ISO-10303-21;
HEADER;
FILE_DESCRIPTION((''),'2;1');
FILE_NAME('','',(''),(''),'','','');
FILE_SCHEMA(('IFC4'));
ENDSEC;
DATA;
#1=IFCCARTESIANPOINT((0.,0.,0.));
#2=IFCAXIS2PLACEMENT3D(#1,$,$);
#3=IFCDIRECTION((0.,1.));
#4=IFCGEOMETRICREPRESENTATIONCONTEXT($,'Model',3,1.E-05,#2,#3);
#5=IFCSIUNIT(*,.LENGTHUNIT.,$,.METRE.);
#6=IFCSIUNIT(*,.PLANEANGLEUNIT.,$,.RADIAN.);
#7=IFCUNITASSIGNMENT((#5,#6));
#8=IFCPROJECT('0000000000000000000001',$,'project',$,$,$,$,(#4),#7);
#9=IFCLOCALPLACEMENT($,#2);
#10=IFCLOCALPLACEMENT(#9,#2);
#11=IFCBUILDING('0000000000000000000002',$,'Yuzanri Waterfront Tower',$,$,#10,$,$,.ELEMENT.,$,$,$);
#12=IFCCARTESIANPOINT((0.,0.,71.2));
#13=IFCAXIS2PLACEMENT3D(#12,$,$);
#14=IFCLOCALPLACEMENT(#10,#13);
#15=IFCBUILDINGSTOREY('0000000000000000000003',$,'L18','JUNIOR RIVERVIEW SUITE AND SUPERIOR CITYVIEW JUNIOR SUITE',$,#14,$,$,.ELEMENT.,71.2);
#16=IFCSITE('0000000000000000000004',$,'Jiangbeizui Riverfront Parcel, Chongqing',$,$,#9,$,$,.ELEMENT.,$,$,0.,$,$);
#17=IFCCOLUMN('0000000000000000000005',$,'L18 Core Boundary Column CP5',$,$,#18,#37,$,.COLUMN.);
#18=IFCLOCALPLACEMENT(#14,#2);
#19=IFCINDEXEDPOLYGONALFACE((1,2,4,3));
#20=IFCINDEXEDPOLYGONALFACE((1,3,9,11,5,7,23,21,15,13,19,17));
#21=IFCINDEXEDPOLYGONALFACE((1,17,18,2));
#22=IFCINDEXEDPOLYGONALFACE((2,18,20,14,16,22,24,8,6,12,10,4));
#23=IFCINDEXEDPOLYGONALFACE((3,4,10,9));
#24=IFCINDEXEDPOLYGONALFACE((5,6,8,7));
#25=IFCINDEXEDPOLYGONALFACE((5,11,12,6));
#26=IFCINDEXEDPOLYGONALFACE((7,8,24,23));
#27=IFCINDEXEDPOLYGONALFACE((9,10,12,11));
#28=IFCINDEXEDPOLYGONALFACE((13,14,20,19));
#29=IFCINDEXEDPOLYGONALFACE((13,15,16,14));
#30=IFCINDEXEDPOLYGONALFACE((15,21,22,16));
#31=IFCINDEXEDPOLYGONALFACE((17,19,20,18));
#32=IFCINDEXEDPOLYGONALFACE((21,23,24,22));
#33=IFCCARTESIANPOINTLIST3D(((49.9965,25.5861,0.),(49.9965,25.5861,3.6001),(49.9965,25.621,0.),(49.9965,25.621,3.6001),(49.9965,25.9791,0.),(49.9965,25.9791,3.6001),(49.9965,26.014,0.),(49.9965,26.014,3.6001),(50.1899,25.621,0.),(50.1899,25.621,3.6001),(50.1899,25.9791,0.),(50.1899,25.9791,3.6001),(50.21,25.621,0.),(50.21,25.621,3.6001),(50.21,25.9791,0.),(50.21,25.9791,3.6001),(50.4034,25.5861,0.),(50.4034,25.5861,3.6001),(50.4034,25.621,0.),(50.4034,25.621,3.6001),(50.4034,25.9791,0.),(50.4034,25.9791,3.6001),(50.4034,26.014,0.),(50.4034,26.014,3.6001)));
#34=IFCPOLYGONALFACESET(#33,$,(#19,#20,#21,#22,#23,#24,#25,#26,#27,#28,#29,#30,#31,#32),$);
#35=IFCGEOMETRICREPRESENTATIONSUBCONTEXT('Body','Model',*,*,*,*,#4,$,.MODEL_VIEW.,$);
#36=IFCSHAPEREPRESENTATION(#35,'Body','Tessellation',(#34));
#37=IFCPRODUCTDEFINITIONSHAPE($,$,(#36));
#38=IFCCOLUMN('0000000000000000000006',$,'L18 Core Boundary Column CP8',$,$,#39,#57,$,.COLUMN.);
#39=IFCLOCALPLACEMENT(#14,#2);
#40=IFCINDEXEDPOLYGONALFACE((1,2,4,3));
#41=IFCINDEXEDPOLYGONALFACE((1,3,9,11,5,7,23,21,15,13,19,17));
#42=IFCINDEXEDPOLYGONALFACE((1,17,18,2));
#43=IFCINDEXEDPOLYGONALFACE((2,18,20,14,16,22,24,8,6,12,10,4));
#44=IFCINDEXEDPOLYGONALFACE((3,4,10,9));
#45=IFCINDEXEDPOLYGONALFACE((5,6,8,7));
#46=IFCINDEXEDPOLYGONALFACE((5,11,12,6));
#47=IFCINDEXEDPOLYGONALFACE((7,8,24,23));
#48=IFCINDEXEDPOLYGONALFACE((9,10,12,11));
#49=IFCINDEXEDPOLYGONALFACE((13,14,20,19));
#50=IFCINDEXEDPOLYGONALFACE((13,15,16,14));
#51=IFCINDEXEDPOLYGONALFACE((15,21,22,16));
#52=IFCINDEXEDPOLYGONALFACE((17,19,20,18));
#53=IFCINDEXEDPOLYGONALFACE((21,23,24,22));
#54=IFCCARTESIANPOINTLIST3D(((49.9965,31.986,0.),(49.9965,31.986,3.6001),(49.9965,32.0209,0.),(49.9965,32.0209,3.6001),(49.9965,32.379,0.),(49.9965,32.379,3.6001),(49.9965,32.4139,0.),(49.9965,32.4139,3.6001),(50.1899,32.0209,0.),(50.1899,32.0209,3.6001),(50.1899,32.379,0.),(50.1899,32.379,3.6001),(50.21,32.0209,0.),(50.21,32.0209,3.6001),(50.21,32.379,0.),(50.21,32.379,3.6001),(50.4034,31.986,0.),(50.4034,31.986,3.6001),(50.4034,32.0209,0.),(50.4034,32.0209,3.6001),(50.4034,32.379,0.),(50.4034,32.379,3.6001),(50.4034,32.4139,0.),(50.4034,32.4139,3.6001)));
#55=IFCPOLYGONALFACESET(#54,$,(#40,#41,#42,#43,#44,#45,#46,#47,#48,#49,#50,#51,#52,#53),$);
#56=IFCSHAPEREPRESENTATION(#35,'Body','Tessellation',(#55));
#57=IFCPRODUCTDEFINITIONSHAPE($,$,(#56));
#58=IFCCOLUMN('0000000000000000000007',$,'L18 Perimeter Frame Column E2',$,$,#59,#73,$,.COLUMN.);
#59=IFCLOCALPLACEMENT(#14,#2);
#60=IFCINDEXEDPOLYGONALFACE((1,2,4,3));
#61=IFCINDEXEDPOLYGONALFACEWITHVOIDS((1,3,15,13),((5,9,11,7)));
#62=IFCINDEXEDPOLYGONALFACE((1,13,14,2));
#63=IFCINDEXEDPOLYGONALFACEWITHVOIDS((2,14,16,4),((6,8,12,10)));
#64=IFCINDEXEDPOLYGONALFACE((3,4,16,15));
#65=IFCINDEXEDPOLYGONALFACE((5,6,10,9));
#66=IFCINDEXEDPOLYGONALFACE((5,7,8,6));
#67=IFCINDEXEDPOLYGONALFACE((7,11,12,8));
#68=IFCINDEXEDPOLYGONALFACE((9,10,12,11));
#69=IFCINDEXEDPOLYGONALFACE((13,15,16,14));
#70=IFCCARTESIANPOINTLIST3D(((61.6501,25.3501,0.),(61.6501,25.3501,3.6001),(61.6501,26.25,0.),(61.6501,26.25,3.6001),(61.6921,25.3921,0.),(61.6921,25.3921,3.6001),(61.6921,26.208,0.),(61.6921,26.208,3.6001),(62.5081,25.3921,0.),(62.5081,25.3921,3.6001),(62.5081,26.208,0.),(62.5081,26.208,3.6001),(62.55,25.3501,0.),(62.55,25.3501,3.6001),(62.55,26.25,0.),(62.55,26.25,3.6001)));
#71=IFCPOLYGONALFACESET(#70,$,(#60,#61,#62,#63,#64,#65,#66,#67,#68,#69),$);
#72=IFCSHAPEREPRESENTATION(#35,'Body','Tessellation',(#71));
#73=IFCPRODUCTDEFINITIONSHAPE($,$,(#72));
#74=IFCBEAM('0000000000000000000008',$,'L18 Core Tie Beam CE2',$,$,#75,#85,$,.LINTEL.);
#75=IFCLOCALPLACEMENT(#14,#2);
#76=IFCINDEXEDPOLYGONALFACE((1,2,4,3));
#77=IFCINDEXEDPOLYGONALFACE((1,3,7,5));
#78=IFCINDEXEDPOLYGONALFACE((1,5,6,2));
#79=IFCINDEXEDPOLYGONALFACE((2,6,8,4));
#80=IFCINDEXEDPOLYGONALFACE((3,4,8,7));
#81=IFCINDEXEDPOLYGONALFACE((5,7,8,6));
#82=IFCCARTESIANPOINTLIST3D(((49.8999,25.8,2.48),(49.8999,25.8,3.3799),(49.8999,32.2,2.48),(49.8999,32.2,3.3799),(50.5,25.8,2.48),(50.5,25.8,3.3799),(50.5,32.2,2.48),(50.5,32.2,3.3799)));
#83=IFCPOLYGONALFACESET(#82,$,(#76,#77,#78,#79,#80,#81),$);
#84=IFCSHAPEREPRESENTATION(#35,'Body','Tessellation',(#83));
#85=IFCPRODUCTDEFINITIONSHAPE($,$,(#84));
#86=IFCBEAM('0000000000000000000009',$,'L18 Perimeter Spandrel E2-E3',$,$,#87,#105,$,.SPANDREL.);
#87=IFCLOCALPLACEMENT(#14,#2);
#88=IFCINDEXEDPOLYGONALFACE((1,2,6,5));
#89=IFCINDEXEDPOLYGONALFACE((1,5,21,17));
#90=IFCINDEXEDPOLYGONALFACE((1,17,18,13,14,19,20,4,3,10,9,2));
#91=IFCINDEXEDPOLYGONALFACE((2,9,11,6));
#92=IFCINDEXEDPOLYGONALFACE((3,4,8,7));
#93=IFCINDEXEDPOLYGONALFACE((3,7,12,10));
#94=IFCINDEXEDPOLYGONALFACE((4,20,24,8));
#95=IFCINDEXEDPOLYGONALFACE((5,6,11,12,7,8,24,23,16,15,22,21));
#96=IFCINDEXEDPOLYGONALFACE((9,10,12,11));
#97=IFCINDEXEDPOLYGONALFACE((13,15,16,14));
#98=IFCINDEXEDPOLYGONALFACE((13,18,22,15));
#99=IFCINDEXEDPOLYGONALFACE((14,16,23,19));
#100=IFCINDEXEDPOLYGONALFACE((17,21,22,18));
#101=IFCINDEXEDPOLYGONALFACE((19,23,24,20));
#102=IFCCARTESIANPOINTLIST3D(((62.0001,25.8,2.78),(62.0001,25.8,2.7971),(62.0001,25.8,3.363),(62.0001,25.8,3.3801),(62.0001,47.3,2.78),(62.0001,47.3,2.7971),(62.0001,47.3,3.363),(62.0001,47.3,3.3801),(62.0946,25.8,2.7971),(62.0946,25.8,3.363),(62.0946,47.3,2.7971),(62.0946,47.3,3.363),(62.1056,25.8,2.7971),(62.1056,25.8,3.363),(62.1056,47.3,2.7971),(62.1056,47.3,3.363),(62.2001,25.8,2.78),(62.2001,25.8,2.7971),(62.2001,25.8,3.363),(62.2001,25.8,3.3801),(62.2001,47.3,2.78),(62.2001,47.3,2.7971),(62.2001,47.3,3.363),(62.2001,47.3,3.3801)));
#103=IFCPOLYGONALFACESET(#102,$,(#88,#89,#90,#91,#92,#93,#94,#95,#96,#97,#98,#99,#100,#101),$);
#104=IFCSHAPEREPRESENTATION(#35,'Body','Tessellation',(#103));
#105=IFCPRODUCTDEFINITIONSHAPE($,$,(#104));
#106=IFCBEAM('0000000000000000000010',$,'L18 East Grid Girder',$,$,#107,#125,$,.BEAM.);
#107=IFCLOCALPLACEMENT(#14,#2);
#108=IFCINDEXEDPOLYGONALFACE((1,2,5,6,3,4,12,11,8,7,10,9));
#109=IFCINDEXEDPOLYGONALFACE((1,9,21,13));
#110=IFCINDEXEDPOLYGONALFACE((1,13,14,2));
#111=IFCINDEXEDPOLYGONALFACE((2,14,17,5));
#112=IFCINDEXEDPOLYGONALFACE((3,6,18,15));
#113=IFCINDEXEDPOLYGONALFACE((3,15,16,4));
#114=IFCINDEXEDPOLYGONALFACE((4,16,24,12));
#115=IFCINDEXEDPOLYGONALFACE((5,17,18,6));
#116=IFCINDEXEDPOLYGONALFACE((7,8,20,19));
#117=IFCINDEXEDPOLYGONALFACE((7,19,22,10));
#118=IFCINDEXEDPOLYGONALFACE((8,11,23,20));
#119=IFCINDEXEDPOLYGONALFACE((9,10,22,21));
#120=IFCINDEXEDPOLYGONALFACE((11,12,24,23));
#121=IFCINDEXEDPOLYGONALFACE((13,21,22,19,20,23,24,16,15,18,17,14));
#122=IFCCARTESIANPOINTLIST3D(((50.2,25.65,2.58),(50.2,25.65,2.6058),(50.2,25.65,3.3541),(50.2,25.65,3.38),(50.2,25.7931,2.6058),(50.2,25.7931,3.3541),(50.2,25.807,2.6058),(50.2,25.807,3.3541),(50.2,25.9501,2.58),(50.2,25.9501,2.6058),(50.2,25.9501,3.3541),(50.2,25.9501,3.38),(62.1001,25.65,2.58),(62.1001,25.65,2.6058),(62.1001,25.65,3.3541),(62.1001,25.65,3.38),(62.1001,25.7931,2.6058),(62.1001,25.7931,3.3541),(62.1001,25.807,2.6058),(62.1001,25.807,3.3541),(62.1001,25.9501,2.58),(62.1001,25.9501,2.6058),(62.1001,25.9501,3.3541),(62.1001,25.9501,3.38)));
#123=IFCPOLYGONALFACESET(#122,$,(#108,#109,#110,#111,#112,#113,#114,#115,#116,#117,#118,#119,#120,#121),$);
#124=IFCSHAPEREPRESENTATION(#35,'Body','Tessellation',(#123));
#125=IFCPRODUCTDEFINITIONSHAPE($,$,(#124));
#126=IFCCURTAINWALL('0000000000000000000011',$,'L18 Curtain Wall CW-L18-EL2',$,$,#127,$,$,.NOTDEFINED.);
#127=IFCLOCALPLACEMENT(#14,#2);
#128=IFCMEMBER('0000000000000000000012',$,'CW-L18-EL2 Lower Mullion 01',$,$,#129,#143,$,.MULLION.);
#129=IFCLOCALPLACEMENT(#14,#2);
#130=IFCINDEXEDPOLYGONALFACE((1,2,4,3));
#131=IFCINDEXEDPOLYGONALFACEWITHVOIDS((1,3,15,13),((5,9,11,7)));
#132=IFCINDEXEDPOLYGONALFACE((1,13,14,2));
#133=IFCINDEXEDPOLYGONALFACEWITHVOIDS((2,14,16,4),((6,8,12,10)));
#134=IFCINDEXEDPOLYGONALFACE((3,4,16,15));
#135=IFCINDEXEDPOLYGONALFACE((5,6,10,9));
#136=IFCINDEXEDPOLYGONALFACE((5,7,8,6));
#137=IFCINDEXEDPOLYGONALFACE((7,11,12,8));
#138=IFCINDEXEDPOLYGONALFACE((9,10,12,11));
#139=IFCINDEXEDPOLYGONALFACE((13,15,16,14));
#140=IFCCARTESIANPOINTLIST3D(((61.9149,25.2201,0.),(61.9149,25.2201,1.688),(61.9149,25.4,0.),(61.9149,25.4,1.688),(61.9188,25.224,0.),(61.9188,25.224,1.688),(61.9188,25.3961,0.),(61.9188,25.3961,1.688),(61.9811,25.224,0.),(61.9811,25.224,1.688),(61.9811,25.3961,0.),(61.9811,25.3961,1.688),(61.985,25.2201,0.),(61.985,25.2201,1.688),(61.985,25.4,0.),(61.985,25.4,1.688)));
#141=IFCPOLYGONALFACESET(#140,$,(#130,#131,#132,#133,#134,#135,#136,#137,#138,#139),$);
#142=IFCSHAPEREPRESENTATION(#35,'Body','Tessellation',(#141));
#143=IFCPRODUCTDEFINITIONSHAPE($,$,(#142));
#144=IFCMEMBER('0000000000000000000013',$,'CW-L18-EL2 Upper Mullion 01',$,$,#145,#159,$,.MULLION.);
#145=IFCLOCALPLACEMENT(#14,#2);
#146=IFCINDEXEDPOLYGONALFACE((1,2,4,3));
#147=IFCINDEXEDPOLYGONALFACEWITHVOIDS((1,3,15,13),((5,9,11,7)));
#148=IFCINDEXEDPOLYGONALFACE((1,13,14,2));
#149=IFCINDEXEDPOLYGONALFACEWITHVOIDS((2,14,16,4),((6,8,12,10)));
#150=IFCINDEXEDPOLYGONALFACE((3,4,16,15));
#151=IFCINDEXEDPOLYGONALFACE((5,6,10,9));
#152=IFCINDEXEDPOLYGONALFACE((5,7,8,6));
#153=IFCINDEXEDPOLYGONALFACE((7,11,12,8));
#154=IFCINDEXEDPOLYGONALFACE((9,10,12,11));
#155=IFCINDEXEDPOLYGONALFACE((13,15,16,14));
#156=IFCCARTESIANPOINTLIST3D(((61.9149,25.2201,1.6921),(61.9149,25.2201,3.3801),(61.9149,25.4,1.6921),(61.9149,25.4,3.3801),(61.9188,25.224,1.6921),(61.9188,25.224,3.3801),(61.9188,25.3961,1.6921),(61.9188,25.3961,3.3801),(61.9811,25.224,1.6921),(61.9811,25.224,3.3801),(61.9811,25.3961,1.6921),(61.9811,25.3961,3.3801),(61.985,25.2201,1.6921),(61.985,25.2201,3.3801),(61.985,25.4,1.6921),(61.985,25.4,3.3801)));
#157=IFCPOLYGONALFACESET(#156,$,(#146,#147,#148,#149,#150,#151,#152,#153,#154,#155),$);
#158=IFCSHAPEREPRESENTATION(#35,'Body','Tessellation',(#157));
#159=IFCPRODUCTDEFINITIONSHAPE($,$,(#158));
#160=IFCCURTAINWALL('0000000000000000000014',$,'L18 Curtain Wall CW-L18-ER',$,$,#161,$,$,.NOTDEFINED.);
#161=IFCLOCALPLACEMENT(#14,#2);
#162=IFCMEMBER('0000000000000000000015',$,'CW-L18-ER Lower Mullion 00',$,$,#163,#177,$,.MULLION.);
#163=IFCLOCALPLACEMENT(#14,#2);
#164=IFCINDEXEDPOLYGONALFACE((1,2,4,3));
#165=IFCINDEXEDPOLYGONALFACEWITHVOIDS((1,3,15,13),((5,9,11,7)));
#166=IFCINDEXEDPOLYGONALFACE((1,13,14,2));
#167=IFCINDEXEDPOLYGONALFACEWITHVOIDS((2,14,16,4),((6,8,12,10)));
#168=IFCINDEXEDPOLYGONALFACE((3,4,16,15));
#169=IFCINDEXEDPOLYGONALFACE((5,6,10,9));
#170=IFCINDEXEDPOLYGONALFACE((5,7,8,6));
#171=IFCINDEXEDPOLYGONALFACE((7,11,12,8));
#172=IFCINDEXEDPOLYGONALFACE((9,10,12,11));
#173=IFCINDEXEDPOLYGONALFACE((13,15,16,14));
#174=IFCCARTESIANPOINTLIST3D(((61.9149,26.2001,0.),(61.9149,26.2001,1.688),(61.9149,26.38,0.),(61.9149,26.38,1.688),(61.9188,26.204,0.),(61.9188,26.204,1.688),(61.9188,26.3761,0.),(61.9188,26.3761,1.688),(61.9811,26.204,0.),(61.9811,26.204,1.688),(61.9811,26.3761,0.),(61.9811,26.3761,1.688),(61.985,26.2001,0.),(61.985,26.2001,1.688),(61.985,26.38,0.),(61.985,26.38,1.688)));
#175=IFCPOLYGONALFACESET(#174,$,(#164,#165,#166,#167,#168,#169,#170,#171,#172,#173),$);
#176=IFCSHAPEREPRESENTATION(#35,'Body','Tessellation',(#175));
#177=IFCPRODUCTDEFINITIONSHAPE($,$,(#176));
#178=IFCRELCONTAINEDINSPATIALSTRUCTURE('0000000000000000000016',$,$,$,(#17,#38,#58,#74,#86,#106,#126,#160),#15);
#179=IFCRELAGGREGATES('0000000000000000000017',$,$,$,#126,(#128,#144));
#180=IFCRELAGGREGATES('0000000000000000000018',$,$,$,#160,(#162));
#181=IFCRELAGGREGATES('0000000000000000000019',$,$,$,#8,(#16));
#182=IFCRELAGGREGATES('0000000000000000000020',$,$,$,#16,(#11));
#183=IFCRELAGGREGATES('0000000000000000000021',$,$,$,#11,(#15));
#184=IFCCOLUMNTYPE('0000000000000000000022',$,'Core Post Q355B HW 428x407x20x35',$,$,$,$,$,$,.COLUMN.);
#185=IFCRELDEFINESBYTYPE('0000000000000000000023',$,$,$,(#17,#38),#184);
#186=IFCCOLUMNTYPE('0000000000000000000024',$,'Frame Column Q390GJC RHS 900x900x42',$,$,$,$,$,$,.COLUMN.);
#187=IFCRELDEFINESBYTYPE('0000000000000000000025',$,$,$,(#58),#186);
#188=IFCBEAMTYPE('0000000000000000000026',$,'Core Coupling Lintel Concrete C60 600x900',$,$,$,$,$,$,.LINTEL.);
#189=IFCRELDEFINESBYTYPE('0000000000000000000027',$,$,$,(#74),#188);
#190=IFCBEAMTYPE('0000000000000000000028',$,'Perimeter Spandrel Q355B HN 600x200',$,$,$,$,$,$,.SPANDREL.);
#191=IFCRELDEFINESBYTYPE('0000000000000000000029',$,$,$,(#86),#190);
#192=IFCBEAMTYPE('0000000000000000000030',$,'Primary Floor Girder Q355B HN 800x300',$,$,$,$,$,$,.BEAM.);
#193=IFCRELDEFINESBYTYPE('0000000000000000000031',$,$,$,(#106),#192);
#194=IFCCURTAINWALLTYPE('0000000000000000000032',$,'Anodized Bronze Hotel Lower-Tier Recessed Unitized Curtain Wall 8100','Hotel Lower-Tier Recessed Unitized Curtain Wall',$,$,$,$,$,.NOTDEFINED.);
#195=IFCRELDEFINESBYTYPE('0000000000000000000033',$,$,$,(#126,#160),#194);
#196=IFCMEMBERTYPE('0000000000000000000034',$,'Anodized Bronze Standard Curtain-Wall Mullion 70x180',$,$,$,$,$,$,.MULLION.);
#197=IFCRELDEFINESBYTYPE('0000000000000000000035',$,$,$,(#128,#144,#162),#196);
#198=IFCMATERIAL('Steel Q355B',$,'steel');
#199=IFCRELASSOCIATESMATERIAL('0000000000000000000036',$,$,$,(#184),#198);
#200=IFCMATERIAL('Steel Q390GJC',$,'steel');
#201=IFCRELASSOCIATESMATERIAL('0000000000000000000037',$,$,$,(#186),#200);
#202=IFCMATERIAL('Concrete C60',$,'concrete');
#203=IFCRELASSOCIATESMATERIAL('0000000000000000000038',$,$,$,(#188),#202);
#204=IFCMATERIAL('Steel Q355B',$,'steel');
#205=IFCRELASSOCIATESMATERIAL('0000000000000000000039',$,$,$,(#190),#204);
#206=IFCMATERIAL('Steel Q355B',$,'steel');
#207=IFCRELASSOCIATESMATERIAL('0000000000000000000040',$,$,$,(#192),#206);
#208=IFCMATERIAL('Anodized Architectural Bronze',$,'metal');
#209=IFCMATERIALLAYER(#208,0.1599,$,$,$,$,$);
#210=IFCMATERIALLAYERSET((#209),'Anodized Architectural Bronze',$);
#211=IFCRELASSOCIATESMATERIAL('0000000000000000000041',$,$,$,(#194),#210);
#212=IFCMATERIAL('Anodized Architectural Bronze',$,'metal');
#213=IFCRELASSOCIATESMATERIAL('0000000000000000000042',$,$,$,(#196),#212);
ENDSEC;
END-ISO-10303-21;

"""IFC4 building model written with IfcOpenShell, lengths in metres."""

from ifc_helpers import new_model, si_unit, direction, frame, origin, origin_2d, place, context, subcontext, project, spatial, rectangle, hollow_rectangle, i_section, extrude, source, transform, mapped, material, layer, layer_set, material_profile, profile_set, type_object, element, aggregate, save


model = new_model("IFC4")

# Units and contexts
model_context = context("Model", 3, precision=1e-05, world=origin(), true_north=direction((0.0, 1.0)))
body_context = subcontext(model_context, "Body", "Model", "MODEL_VIEW")
ifc_project = project(units=[si_unit("LENGTHUNIT", "METRE"), si_unit("PLANEANGLEUNIT", "RADIAN")], contexts=[model_context])

# Site, building, storey
site_placement = place(None, origin())
site = spatial("IfcSite", under=ifc_project, at=site_placement, Name="Jiangbeizui Riverfront Parcel, Chongqing", CompositionType="ELEMENT", RefElevation=0.0)
building_placement = place(site_placement, origin())
building = spatial("IfcBuilding", under=site, at=building_placement, Name="Yuzanri Waterfront Tower", CompositionType="ELEMENT")
storey_placement = place(building_placement, frame((0.0, 0.0, 71.2)))
storey = spatial("IfcBuildingStorey", under=building, at=storey_placement, Name="L18", Description="JUNIOR RIVERVIEW SUITE AND SUPERIOR CITYVIEW JUNIOR SUITE", CompositionType="ELEMENT", Elevation=71.2)

# Columns
ifc_material_1 = material(Name="Steel Q355B", Category="steel")
ifc_material_profile_1 = material_profile(ifc_material_1, i_section(OverallWidth=0.407, OverallDepth=0.428, WebThickness=0.02, FlangeThickness=0.0349, at=origin_2d()), Name="HW 428x407x20x35")
ifc_profile_set_1 = profile_set([ifc_material_profile_1], Name="Steel Q355B")
column_type_1 = type_object("IfcColumnType", Name="Core Post Q355B HW 428x407x20x35", PredefinedType="COLUMN", material=ifc_profile_set_1)
shared_shape_1 = source(origin(), body_context, "Body", "SweptSolid", [
    extrude(i_section(OverallWidth=0.407, OverallDepth=0.428, WebThickness=0.02, FlangeThickness=0.0349, at=origin_2d()), origin(), (0.0, 0.0, 1.0), 3.6001),
])
for number, where, z_axis, x_axis, name in (
    (1, (50.2, 25.8, 0.0), (0.0, 0.0, 1.0), (1.0, 0.0, 0.0), "L18 Core Boundary Column CP5"),
    (2, (50.2, 32.2, 0.0), (0.0, 0.0, 1.0), (1.0, 0.0, 0.0), "L18 Core Boundary Column CP8"),
):
    element("IfcColumn", number, at=place(storey_placement, frame(where, z_axis=z_axis, x_axis=x_axis)), inside=storey, type_object=column_type_1, Name=name, PredefinedType="COLUMN", context=body_context, shape_type="MappedRepresentation", body=[
        mapped(shared_shape_1, transform((0.0, 0.0, 0.0), scale=1.0)),
    ])
ifc_material_2 = material(Name="Steel Q390GJC", Category="steel")
ifc_material_profile_2 = material_profile(ifc_material_2, hollow_rectangle(XDim=0.8999, YDim=0.8999, WallThickness=0.042, at=origin_2d()), Name="RHS 900x900x42")
ifc_profile_set_2 = profile_set([ifc_material_profile_2], Name="Steel Q390GJC")
column_type_2 = type_object("IfcColumnType", Name="Frame Column Q390GJC RHS 900x900x42", PredefinedType="COLUMN", material=ifc_profile_set_2)
shared_shape_2 = source(origin(), body_context, "Body", "SweptSolid", [
    extrude(hollow_rectangle(XDim=0.8999, YDim=0.8999, WallThickness=0.042, at=origin_2d()), origin(), (0.0, 0.0, 1.0), 3.6001),
])
column_placement = place(storey_placement, frame((62.1001, 25.8, 0.0), z_axis=(0.0, 0.0, 1.0), x_axis=(1.0, 0.0, 0.0)))
element("IfcColumn", 3, at=column_placement, inside=storey, type_object=column_type_2, Name="L18 Perimeter Frame Column E2", PredefinedType="COLUMN", context=body_context, shape_type="MappedRepresentation", body=[
    mapped(shared_shape_2, transform((0.0, 0.0, 0.0), scale=1.0)),
])

# Beams
ifc_material_3 = material(Name="Concrete C60", Category="concrete")
ifc_material_profile_3 = material_profile(ifc_material_3, rectangle(XDim=0.6001, YDim=0.8999, at=origin_2d()), Name="RC 600x900")
ifc_profile_set_3 = profile_set([ifc_material_profile_3], Name="Concrete C60")
beam_type_1 = type_object("IfcBeamType", Name="Core Coupling Lintel Concrete C60 600x900", PredefinedType="LINTEL", material=ifc_profile_set_3)
shared_shape_3 = source(origin(), body_context, "Body", "SweptSolid", [
    extrude(rectangle(XDim=0.6001, YDim=0.8999, at=origin_2d()), origin(), (0.0, 0.0, 1.0), 6.3999),
])
beam_1_placement = place(storey_placement, frame((50.2, 25.8, 2.9299), z_axis=(0.0, 1.0, 0.0), x_axis=(-1.0, 0.0, 0.0)))
element("IfcBeam", 4, at=beam_1_placement, inside=storey, type_object=beam_type_1, Name="L18 Core Tie Beam CE2", PredefinedType="LINTEL", context=body_context, shape_type="MappedRepresentation", body=[
    mapped(shared_shape_3, transform((0.0, 0.0, 0.0), scale=1.0)),
])
ifc_material_4 = material(Name="Steel Q355B", Category="steel")
ifc_material_profile_4 = material_profile(ifc_material_4, i_section(OverallWidth=0.2, OverallDepth=0.6001, WebThickness=0.011, FlangeThickness=0.0171, at=origin_2d()), Name="HN 600x200x11x17")
ifc_profile_set_4 = profile_set([ifc_material_profile_4], Name="Steel Q355B")
beam_type_2 = type_object("IfcBeamType", Name="Perimeter Spandrel Q355B HN 600x200", PredefinedType="SPANDREL", material=ifc_profile_set_4)
shared_shape_4 = source(origin(), body_context, "Body", "SweptSolid", [
    extrude(i_section(OverallWidth=0.2, OverallDepth=0.6001, WebThickness=0.011, FlangeThickness=0.0171, at=origin_2d()), origin(), (0.0, 0.0, 1.0), 21.5),
])
beam_2_placement = place(storey_placement, frame((62.1001, 25.8, 3.0801), z_axis=(0.0, 1.0, 0.0), x_axis=(-1.0, 0.0, 0.0)))
element("IfcBeam", 5, at=beam_2_placement, inside=storey, type_object=beam_type_2, Name="L18 Perimeter Spandrel E2-E3", PredefinedType="SPANDREL", context=body_context, shape_type="MappedRepresentation", body=[
    mapped(shared_shape_4, transform((0.0, 0.0, 0.0), scale=1.0)),
])
ifc_material_5 = material(Name="Steel Q355B", Category="steel")
ifc_material_profile_5 = material_profile(ifc_material_5, i_section(OverallWidth=0.3, OverallDepth=0.8, WebThickness=0.0139, FlangeThickness=0.0259, at=origin_2d()), Name="HN 800x300x14x26")
ifc_profile_set_5 = profile_set([ifc_material_profile_5], Name="Steel Q355B")
beam_type_3 = type_object("IfcBeamType", Name="Primary Floor Girder Q355B HN 800x300", PredefinedType="BEAM", material=ifc_profile_set_5)
shared_shape_5 = source(origin(), body_context, "Body", "SweptSolid", [
    extrude(i_section(OverallWidth=0.3, OverallDepth=0.8, WebThickness=0.0139, FlangeThickness=0.0259, at=origin_2d()), origin(), (0.0, 0.0, 1.0), 11.9001),
])
beam_3_placement = place(storey_placement, frame((50.2, 25.8, 2.98), z_axis=(1.0, 0.0, 0.0), x_axis=(0.0, 1.0, 0.0)))
element("IfcBeam", 6, at=beam_3_placement, inside=storey, type_object=beam_type_3, Name="L18 East Grid Girder", PredefinedType="BEAM", context=body_context, shape_type="MappedRepresentation", body=[
    mapped(shared_shape_5, transform((0.0, 0.0, 0.0), scale=1.0)),
])

# Curtain walls, members
ifc_material_6 = material(Name="Anodized Architectural Bronze", Category="metal")
ifc_layer_1 = layer(ifc_material_6, 0.1599)
ifc_layer_set_1 = layer_set([ifc_layer_1], Name="Anodized Architectural Bronze")
curtain_wall_type = type_object("IfcCurtainWallType", Name="Anodized Bronze Hotel Lower-Tier Recessed Unitized Curtain Wall 8100", Description="Hotel Lower-Tier Recessed Unitized Curtain Wall", PredefinedType="NOTDEFINED", material=ifc_layer_set_1)
curtain_wall_1_placement = place(storey_placement, origin())
curtain_wall_1 = element("IfcCurtainWall", 7, at=curtain_wall_1_placement, inside=storey, type_object=curtain_wall_type, Name="L18 Curtain Wall CW-L18-EL2", PredefinedType="NOTDEFINED")
ifc_material_7 = material(Name="Anodized Architectural Bronze", Category="metal")
ifc_material_profile_6 = material_profile(ifc_material_7, hollow_rectangle(XDim=0.0701, YDim=0.1799, WallThickness=0.0039, at=origin_2d()), Name="CWM 70x180")
ifc_profile_set_6 = profile_set([ifc_material_profile_6], Name="Anodized Architectural Bronze")
member_type_1 = type_object("IfcMemberType", Name="Anodized Bronze Standard Curtain-Wall Mullion 70x180", PredefinedType="MULLION", material=ifc_profile_set_6)
shared_shape_6 = source(origin(), body_context, "Body", "SweptSolid", [
    extrude(hollow_rectangle(XDim=0.0701, YDim=0.1799, WallThickness=0.0039, at=origin_2d()), origin(), (0.0, 0.0, 1.0), 1.688),
])
member_1_placement = place(storey_placement, frame((61.95, 25.3101, 0.0), z_axis=(0.0, 0.0, 1.0), x_axis=(1.0, 0.0, 0.0)))
member_1 = element("IfcMember", 8, at=member_1_placement, type_object=member_type_1, Name="CW-L18-EL2 Lower Mullion 01", PredefinedType="MULLION", context=body_context, shape_type="MappedRepresentation", body=[
    mapped(shared_shape_6, transform((0.0, 0.0, 0.0), scale=1.0)),
])
member_2_placement = place(storey_placement, frame((61.95, 25.3101, 1.6921), z_axis=(0.0, 0.0, 1.0), x_axis=(1.0, 0.0, 0.0)))
member_2 = element("IfcMember", 9, at=member_2_placement, type_object=member_type_1, Name="CW-L18-EL2 Upper Mullion 01", PredefinedType="MULLION", context=body_context, shape_type="MappedRepresentation", body=[
    mapped(shared_shape_6, transform((0.0, 0.0, 0.0), scale=1.0)),
])
aggregate(curtain_wall_1, [member_1, member_2])
curtain_wall_2_placement = place(storey_placement, origin())
curtain_wall_2 = element("IfcCurtainWall", 10, at=curtain_wall_2_placement, inside=storey, type_object=curtain_wall_type, Name="L18 Curtain Wall CW-L18-ER", PredefinedType="NOTDEFINED")
member_3_placement = place(storey_placement, frame((61.95, 26.29, 0.0), z_axis=(0.0, 0.0, 1.0), x_axis=(1.0, 0.0, 0.0)))
member_3 = element("IfcMember", 11, at=member_3_placement, type_object=member_type_1, Name="CW-L18-ER Lower Mullion 00", PredefinedType="MULLION", context=body_context, shape_type="MappedRepresentation", body=[
    mapped(shared_shape_6, transform((0.0, 0.0, 0.0), scale=1.0)),
])

aggregate(curtain_wall_2, [member_3])

save(model, "model.ifc")
